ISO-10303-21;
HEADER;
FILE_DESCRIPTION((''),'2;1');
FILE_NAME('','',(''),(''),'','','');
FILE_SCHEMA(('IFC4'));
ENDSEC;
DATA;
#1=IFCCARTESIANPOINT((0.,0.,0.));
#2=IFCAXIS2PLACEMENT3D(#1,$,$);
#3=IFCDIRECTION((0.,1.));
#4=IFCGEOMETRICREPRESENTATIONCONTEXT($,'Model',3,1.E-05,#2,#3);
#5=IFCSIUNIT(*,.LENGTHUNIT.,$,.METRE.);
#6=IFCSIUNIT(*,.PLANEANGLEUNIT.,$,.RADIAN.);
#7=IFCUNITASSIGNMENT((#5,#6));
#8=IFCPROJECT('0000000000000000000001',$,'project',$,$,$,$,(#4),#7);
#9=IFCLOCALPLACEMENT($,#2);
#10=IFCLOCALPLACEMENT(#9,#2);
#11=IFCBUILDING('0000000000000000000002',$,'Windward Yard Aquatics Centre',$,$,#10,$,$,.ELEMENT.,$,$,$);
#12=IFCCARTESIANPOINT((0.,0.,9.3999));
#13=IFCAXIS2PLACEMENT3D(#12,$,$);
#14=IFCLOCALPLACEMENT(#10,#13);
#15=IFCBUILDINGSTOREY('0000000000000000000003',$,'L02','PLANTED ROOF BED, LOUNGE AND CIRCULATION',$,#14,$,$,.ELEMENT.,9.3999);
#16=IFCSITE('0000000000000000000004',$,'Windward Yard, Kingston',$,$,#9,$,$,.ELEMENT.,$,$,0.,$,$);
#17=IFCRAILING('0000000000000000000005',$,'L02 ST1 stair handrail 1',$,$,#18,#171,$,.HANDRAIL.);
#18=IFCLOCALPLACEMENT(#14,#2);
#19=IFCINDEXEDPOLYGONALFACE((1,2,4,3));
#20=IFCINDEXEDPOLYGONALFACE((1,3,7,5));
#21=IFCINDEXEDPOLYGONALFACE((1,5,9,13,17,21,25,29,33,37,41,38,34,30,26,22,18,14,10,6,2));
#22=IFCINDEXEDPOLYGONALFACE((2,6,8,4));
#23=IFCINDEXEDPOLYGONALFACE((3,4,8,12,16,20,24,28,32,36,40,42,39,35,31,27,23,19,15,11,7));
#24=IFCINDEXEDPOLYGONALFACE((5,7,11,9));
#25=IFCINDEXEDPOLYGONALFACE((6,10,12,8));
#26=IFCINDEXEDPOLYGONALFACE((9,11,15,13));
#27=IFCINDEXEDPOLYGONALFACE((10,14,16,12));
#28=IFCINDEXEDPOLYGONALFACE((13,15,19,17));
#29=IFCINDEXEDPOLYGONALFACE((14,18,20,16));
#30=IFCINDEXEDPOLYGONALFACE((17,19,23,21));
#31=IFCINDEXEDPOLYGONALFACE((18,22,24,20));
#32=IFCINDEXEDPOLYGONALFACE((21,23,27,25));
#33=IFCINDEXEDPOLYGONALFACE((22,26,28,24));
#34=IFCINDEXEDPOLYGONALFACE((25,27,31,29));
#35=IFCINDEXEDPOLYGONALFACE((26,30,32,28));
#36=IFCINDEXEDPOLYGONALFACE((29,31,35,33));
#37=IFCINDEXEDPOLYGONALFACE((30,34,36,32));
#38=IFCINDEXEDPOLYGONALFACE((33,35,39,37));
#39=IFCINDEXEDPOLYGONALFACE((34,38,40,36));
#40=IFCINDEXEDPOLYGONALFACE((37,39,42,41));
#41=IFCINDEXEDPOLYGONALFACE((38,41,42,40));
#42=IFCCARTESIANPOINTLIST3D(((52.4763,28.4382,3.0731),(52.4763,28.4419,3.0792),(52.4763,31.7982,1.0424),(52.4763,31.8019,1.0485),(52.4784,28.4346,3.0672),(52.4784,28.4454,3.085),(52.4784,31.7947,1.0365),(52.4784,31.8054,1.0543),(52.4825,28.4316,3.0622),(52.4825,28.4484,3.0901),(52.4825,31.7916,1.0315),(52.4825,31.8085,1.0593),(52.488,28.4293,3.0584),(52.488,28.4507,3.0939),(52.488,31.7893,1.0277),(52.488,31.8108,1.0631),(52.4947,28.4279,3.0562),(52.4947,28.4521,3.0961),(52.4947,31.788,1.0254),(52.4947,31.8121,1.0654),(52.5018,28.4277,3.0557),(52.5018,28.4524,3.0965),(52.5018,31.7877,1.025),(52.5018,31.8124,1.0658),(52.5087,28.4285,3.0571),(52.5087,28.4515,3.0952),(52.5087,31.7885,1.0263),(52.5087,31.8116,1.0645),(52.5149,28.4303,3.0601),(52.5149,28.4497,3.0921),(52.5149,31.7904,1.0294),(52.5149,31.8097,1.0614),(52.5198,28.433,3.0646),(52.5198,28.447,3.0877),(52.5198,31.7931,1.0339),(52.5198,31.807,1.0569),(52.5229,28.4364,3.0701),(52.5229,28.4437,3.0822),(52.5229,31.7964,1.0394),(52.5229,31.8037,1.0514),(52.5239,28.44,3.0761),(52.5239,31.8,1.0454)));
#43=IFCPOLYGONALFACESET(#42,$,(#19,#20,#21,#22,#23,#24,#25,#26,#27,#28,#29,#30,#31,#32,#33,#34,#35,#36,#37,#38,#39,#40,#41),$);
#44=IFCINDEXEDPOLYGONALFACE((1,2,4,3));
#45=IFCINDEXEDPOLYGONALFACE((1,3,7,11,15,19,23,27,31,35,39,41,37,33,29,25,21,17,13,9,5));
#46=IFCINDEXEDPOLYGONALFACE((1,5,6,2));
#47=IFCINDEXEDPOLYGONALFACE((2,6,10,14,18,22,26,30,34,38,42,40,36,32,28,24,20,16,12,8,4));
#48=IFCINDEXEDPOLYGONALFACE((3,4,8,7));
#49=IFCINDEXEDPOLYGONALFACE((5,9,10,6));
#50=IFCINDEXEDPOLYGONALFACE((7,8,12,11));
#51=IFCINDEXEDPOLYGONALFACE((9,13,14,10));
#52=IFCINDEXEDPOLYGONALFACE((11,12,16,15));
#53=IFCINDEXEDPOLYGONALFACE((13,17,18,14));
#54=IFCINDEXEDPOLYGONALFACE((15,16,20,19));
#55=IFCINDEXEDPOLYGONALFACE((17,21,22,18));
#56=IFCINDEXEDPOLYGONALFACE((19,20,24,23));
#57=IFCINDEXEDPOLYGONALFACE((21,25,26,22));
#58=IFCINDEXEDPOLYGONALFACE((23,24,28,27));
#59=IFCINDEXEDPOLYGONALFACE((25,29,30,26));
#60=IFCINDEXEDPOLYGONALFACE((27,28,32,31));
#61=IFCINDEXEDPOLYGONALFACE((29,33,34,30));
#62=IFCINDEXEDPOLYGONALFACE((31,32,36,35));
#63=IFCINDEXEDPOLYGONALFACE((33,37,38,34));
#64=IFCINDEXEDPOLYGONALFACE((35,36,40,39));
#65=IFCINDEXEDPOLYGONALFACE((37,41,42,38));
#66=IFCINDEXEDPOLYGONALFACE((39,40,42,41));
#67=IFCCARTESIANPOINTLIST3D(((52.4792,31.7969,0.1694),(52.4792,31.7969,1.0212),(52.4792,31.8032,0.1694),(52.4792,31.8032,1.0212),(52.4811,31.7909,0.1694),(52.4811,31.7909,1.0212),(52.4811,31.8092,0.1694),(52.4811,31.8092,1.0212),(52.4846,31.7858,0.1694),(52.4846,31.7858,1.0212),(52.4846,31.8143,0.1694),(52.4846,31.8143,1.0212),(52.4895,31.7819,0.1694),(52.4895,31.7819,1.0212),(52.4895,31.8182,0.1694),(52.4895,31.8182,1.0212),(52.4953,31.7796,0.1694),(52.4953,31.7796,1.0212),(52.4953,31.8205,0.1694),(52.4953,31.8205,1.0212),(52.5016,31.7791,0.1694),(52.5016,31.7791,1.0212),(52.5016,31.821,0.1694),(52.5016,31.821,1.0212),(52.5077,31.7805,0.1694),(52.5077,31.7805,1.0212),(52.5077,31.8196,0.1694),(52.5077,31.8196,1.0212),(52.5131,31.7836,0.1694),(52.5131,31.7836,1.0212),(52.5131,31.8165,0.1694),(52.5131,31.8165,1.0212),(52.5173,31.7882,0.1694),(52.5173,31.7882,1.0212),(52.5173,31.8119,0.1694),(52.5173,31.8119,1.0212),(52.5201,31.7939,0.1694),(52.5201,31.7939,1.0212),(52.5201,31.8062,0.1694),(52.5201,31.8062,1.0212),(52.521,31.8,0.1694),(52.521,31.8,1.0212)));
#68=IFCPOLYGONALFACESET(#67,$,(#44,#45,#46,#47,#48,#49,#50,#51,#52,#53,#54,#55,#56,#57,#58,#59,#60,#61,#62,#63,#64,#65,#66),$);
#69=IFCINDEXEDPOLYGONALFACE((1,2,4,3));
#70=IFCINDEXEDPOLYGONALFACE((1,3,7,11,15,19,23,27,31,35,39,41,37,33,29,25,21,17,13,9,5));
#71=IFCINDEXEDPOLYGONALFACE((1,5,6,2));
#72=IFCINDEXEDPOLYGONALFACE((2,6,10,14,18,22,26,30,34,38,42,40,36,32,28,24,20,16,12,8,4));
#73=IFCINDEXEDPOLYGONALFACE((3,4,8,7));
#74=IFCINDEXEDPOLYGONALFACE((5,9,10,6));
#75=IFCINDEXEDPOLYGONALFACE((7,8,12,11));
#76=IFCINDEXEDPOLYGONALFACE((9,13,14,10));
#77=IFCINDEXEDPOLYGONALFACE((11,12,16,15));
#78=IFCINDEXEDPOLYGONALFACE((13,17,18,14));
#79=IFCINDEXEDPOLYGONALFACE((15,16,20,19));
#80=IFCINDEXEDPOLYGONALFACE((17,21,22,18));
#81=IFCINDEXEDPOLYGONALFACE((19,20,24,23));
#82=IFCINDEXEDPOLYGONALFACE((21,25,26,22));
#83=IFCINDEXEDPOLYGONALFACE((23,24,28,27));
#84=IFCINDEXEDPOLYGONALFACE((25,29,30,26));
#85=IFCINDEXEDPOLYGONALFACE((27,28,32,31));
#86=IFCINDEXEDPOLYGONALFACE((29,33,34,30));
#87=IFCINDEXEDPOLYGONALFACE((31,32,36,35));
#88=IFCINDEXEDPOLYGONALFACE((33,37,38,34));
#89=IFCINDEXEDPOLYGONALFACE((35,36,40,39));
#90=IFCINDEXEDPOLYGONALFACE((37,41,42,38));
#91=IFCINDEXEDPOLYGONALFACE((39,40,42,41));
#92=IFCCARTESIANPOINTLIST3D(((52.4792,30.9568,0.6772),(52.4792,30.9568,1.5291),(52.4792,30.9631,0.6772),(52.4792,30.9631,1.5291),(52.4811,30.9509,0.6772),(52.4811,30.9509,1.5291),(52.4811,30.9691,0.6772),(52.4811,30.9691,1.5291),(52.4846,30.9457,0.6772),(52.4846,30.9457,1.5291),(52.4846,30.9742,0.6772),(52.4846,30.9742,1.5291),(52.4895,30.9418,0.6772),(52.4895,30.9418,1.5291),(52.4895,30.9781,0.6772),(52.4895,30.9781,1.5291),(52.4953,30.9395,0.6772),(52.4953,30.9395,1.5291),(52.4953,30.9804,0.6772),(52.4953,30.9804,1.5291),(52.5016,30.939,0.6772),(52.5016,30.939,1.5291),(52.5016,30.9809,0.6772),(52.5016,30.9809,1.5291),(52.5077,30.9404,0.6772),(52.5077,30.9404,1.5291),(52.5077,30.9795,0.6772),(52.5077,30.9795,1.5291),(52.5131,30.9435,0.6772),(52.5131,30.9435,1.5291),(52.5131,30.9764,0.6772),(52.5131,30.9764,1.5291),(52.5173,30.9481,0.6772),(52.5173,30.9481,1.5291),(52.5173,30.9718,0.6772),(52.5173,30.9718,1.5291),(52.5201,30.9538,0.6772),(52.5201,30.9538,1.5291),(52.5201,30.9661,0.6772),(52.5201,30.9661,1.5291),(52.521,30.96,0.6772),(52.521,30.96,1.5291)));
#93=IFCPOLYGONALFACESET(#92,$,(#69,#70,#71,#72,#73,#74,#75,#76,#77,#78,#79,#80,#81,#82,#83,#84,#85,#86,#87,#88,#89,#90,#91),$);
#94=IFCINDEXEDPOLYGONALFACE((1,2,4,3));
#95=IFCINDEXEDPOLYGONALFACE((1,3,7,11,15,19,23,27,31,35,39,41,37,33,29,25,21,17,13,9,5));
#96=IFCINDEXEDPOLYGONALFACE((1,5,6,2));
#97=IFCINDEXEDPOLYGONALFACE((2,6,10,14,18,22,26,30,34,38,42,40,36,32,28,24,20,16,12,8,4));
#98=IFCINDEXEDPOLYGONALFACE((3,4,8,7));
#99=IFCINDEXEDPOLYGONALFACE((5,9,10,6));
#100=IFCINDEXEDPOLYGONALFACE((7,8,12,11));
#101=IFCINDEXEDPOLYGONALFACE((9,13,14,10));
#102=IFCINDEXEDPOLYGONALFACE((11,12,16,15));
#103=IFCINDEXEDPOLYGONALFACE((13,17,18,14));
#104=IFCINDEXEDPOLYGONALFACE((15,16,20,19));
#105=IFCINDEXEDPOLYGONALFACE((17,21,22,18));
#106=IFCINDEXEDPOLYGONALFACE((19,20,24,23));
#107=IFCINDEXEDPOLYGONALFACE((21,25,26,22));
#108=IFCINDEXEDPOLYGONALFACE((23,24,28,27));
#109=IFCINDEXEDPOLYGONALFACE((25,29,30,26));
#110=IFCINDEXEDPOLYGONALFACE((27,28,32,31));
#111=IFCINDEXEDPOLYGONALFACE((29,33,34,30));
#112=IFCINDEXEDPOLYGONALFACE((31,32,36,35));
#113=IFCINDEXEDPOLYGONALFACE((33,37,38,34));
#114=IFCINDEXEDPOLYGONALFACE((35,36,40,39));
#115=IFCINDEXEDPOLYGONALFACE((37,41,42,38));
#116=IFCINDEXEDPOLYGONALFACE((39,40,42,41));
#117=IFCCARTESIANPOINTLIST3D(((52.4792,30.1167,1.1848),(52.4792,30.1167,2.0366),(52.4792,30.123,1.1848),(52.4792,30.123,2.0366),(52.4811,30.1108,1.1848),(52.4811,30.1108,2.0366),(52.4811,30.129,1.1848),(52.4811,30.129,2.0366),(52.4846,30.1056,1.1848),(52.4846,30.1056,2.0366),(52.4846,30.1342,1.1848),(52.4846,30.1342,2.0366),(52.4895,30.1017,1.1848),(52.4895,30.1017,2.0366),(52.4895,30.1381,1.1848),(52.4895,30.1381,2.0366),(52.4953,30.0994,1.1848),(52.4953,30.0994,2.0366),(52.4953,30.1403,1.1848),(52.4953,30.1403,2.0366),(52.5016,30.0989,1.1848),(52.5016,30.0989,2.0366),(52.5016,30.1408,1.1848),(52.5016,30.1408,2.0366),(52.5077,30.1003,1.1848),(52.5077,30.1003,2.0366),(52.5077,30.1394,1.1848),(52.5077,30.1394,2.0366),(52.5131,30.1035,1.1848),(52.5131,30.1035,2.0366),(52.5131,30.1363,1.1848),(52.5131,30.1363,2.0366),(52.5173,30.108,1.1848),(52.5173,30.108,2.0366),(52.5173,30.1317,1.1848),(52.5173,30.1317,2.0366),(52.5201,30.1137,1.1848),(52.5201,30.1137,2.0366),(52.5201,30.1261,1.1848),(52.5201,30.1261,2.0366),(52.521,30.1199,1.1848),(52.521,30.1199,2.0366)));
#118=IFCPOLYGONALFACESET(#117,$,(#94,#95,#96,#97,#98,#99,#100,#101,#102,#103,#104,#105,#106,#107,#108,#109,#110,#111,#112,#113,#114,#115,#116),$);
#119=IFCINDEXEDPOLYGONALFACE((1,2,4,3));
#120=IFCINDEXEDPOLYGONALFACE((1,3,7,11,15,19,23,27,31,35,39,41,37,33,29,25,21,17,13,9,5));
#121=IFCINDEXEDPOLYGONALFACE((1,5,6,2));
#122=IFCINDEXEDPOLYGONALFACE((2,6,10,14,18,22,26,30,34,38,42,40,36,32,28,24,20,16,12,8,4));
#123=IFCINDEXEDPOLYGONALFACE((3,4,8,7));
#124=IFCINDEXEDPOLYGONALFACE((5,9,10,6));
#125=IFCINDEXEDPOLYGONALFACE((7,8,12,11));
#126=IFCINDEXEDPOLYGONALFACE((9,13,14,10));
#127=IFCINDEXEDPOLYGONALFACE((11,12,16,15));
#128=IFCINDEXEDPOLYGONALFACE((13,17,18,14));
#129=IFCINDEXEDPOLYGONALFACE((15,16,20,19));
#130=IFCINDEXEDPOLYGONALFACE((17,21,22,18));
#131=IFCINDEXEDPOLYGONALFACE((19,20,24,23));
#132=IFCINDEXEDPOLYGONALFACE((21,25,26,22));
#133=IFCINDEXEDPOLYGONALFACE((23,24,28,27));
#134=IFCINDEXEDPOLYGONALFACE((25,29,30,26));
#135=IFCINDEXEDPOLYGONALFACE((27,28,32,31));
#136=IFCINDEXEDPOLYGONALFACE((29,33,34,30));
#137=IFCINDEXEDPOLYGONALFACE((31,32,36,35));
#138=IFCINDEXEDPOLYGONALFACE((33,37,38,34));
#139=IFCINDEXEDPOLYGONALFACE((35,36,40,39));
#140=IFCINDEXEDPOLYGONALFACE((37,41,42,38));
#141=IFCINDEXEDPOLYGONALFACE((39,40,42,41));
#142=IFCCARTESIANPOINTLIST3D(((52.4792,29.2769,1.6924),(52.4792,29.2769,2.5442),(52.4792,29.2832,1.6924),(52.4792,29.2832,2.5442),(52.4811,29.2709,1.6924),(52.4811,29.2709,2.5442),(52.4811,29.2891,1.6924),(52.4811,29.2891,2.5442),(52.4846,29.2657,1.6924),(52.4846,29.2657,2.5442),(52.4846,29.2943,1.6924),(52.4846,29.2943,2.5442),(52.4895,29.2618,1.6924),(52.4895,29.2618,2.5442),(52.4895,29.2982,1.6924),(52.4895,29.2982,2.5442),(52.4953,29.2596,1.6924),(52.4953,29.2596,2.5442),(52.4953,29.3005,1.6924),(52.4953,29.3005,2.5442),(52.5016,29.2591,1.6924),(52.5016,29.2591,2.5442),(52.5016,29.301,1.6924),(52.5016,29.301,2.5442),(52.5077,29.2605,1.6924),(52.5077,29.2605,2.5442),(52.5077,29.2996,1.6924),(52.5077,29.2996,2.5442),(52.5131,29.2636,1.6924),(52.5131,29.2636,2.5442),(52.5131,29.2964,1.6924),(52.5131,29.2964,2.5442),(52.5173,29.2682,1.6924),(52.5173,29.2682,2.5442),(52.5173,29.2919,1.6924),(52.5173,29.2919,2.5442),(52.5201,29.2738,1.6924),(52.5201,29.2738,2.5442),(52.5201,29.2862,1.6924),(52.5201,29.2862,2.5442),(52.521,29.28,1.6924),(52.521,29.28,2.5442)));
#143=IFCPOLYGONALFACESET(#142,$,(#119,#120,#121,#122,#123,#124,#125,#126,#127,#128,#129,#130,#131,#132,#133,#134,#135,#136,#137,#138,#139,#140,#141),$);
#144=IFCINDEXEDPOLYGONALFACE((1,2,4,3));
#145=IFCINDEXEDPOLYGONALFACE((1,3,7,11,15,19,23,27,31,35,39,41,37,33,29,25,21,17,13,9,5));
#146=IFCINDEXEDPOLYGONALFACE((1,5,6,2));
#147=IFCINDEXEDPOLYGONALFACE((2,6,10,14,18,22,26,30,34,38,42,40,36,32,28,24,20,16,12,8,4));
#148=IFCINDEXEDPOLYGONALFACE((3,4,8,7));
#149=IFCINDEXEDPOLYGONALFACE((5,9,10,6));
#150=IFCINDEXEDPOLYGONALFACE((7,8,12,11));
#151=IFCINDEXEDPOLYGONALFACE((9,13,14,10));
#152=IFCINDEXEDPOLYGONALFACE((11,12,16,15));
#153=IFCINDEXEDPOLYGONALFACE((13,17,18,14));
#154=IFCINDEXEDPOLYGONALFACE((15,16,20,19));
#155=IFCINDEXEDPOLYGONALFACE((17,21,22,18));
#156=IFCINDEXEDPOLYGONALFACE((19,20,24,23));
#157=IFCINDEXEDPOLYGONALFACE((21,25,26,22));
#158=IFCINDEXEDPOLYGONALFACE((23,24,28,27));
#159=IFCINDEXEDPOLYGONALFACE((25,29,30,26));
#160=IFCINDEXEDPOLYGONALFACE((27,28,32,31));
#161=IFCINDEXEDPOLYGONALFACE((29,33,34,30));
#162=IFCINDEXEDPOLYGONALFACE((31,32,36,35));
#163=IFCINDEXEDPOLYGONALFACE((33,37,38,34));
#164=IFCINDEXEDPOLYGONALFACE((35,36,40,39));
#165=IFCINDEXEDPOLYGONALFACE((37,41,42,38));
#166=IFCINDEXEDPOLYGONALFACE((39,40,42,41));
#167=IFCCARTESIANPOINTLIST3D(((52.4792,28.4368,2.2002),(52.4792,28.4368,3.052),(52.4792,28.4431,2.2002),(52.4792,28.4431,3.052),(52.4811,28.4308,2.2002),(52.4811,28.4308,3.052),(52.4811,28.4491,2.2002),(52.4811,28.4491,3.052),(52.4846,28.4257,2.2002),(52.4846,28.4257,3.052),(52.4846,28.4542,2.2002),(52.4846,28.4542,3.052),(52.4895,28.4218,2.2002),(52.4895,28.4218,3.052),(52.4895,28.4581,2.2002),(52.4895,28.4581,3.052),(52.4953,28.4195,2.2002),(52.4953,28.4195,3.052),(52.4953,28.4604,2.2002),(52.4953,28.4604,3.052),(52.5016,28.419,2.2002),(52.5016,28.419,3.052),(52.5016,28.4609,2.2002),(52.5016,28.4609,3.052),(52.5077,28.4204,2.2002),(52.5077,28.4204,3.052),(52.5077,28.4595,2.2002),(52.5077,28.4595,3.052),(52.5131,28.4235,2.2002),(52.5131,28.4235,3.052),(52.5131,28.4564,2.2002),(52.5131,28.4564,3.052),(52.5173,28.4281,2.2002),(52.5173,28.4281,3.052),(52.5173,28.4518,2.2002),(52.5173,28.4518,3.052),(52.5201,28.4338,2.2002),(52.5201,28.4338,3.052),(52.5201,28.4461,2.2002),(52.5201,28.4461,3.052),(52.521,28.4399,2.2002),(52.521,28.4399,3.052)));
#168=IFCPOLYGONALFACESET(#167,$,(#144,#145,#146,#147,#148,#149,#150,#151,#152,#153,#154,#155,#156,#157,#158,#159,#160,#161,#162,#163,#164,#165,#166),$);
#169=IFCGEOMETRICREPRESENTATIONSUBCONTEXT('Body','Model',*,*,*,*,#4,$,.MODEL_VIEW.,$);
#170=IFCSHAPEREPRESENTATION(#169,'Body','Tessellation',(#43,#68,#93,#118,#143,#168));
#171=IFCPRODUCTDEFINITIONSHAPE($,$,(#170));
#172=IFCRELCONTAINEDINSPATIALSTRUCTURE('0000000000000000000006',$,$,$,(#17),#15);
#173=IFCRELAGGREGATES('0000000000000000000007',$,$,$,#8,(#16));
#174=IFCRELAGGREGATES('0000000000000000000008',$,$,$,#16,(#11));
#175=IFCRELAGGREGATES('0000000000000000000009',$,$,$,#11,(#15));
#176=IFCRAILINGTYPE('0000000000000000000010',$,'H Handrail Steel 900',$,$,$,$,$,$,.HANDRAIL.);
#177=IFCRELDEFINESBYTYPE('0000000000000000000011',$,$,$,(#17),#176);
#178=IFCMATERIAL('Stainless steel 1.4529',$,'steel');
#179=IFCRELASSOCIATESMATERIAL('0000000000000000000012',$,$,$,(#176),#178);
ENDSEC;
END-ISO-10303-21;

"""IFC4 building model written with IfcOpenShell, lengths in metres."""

from ifc_helpers import new_model, si_unit, direction, frame, origin, origin_2d, place, context, subcontext, project, spatial, circle, extrude, material, type_object, element, save


model = new_model("IFC4")

# Units and contexts
model_context = context("Model", 3, precision=1e-05, world=origin(), true_north=direction((0.0, 1.0)))
body_context = subcontext(model_context, "Body", "Model", "MODEL_VIEW")
ifc_project = project(units=[si_unit("LENGTHUNIT", "METRE"), si_unit("PLANEANGLEUNIT", "RADIAN")], contexts=[model_context])

# Site, building, storey
site_placement = place(None, origin())
site = spatial("IfcSite", under=ifc_project, at=site_placement, Name="Windward Yard, Kingston", CompositionType="ELEMENT", RefElevation=0.0)
building_placement = place(site_placement, origin())
building = spatial("IfcBuilding", under=site, at=building_placement, Name="Windward Yard Aquatics Centre", CompositionType="ELEMENT")
storey_placement = place(building_placement, frame((0.0, 0.0, 9.3999)))
storey = spatial("IfcBuildingStorey", under=building, at=storey_placement, Name="L02", Description="PLANTED ROOF BED, LOUNGE AND CIRCULATION", CompositionType="ELEMENT", Elevation=9.3999)

# Railing
ifc_material_1 = material(Name="Stainless steel 1.4529", Category="steel")
railing_type_1 = type_object("IfcRailingType", Name="H Handrail Steel 900", PredefinedType="HANDRAIL", material=ifc_material_1)
railing_1_placement = place(storey_placement, frame((52.5, 31.8, 0.1694)))
element("IfcRailing", 1, at=railing_1_placement, inside=storey, type_object=railing_type_1, Name="L02 ST1 stair handrail 1", PredefinedType="HANDRAIL", context=body_context, shape_type="SweptSolid", body=[
    extrude(circle(Radius=0.0239, at=origin_2d()), frame((0.0, 0.0, 0.876), z_axis=(0.0, -0.855837, 0.517246), x_axis=(1.0, 0.0, 0.0)), (0.0, 0.0, 1.0), 3.926),
    extrude(circle(Radius=0.021, at=origin_2d()), origin(), (0.0, 0.0, 1.0), 0.8518),
    extrude(circle(Radius=0.021, at=origin_2d()), frame((0.0, -0.8401, 0.5078)), (0.0, 0.0, 1.0), 0.8518),
    extrude(circle(Radius=0.021, at=origin_2d()), frame((0.0, -1.6802, 1.0154)), (0.0, 0.0, 1.0), 0.8518),
    extrude(circle(Radius=0.021, at=origin_2d()), frame((0.0, -2.52, 1.5229)), (0.0, 0.0, 1.0), 0.8518),
    extrude(circle(Radius=0.021, at=origin_2d()), frame((0.0, -3.3601, 2.0308)), (0.0, 0.0, 1.0), 0.8518),
])

save(model, "model.ifc")
